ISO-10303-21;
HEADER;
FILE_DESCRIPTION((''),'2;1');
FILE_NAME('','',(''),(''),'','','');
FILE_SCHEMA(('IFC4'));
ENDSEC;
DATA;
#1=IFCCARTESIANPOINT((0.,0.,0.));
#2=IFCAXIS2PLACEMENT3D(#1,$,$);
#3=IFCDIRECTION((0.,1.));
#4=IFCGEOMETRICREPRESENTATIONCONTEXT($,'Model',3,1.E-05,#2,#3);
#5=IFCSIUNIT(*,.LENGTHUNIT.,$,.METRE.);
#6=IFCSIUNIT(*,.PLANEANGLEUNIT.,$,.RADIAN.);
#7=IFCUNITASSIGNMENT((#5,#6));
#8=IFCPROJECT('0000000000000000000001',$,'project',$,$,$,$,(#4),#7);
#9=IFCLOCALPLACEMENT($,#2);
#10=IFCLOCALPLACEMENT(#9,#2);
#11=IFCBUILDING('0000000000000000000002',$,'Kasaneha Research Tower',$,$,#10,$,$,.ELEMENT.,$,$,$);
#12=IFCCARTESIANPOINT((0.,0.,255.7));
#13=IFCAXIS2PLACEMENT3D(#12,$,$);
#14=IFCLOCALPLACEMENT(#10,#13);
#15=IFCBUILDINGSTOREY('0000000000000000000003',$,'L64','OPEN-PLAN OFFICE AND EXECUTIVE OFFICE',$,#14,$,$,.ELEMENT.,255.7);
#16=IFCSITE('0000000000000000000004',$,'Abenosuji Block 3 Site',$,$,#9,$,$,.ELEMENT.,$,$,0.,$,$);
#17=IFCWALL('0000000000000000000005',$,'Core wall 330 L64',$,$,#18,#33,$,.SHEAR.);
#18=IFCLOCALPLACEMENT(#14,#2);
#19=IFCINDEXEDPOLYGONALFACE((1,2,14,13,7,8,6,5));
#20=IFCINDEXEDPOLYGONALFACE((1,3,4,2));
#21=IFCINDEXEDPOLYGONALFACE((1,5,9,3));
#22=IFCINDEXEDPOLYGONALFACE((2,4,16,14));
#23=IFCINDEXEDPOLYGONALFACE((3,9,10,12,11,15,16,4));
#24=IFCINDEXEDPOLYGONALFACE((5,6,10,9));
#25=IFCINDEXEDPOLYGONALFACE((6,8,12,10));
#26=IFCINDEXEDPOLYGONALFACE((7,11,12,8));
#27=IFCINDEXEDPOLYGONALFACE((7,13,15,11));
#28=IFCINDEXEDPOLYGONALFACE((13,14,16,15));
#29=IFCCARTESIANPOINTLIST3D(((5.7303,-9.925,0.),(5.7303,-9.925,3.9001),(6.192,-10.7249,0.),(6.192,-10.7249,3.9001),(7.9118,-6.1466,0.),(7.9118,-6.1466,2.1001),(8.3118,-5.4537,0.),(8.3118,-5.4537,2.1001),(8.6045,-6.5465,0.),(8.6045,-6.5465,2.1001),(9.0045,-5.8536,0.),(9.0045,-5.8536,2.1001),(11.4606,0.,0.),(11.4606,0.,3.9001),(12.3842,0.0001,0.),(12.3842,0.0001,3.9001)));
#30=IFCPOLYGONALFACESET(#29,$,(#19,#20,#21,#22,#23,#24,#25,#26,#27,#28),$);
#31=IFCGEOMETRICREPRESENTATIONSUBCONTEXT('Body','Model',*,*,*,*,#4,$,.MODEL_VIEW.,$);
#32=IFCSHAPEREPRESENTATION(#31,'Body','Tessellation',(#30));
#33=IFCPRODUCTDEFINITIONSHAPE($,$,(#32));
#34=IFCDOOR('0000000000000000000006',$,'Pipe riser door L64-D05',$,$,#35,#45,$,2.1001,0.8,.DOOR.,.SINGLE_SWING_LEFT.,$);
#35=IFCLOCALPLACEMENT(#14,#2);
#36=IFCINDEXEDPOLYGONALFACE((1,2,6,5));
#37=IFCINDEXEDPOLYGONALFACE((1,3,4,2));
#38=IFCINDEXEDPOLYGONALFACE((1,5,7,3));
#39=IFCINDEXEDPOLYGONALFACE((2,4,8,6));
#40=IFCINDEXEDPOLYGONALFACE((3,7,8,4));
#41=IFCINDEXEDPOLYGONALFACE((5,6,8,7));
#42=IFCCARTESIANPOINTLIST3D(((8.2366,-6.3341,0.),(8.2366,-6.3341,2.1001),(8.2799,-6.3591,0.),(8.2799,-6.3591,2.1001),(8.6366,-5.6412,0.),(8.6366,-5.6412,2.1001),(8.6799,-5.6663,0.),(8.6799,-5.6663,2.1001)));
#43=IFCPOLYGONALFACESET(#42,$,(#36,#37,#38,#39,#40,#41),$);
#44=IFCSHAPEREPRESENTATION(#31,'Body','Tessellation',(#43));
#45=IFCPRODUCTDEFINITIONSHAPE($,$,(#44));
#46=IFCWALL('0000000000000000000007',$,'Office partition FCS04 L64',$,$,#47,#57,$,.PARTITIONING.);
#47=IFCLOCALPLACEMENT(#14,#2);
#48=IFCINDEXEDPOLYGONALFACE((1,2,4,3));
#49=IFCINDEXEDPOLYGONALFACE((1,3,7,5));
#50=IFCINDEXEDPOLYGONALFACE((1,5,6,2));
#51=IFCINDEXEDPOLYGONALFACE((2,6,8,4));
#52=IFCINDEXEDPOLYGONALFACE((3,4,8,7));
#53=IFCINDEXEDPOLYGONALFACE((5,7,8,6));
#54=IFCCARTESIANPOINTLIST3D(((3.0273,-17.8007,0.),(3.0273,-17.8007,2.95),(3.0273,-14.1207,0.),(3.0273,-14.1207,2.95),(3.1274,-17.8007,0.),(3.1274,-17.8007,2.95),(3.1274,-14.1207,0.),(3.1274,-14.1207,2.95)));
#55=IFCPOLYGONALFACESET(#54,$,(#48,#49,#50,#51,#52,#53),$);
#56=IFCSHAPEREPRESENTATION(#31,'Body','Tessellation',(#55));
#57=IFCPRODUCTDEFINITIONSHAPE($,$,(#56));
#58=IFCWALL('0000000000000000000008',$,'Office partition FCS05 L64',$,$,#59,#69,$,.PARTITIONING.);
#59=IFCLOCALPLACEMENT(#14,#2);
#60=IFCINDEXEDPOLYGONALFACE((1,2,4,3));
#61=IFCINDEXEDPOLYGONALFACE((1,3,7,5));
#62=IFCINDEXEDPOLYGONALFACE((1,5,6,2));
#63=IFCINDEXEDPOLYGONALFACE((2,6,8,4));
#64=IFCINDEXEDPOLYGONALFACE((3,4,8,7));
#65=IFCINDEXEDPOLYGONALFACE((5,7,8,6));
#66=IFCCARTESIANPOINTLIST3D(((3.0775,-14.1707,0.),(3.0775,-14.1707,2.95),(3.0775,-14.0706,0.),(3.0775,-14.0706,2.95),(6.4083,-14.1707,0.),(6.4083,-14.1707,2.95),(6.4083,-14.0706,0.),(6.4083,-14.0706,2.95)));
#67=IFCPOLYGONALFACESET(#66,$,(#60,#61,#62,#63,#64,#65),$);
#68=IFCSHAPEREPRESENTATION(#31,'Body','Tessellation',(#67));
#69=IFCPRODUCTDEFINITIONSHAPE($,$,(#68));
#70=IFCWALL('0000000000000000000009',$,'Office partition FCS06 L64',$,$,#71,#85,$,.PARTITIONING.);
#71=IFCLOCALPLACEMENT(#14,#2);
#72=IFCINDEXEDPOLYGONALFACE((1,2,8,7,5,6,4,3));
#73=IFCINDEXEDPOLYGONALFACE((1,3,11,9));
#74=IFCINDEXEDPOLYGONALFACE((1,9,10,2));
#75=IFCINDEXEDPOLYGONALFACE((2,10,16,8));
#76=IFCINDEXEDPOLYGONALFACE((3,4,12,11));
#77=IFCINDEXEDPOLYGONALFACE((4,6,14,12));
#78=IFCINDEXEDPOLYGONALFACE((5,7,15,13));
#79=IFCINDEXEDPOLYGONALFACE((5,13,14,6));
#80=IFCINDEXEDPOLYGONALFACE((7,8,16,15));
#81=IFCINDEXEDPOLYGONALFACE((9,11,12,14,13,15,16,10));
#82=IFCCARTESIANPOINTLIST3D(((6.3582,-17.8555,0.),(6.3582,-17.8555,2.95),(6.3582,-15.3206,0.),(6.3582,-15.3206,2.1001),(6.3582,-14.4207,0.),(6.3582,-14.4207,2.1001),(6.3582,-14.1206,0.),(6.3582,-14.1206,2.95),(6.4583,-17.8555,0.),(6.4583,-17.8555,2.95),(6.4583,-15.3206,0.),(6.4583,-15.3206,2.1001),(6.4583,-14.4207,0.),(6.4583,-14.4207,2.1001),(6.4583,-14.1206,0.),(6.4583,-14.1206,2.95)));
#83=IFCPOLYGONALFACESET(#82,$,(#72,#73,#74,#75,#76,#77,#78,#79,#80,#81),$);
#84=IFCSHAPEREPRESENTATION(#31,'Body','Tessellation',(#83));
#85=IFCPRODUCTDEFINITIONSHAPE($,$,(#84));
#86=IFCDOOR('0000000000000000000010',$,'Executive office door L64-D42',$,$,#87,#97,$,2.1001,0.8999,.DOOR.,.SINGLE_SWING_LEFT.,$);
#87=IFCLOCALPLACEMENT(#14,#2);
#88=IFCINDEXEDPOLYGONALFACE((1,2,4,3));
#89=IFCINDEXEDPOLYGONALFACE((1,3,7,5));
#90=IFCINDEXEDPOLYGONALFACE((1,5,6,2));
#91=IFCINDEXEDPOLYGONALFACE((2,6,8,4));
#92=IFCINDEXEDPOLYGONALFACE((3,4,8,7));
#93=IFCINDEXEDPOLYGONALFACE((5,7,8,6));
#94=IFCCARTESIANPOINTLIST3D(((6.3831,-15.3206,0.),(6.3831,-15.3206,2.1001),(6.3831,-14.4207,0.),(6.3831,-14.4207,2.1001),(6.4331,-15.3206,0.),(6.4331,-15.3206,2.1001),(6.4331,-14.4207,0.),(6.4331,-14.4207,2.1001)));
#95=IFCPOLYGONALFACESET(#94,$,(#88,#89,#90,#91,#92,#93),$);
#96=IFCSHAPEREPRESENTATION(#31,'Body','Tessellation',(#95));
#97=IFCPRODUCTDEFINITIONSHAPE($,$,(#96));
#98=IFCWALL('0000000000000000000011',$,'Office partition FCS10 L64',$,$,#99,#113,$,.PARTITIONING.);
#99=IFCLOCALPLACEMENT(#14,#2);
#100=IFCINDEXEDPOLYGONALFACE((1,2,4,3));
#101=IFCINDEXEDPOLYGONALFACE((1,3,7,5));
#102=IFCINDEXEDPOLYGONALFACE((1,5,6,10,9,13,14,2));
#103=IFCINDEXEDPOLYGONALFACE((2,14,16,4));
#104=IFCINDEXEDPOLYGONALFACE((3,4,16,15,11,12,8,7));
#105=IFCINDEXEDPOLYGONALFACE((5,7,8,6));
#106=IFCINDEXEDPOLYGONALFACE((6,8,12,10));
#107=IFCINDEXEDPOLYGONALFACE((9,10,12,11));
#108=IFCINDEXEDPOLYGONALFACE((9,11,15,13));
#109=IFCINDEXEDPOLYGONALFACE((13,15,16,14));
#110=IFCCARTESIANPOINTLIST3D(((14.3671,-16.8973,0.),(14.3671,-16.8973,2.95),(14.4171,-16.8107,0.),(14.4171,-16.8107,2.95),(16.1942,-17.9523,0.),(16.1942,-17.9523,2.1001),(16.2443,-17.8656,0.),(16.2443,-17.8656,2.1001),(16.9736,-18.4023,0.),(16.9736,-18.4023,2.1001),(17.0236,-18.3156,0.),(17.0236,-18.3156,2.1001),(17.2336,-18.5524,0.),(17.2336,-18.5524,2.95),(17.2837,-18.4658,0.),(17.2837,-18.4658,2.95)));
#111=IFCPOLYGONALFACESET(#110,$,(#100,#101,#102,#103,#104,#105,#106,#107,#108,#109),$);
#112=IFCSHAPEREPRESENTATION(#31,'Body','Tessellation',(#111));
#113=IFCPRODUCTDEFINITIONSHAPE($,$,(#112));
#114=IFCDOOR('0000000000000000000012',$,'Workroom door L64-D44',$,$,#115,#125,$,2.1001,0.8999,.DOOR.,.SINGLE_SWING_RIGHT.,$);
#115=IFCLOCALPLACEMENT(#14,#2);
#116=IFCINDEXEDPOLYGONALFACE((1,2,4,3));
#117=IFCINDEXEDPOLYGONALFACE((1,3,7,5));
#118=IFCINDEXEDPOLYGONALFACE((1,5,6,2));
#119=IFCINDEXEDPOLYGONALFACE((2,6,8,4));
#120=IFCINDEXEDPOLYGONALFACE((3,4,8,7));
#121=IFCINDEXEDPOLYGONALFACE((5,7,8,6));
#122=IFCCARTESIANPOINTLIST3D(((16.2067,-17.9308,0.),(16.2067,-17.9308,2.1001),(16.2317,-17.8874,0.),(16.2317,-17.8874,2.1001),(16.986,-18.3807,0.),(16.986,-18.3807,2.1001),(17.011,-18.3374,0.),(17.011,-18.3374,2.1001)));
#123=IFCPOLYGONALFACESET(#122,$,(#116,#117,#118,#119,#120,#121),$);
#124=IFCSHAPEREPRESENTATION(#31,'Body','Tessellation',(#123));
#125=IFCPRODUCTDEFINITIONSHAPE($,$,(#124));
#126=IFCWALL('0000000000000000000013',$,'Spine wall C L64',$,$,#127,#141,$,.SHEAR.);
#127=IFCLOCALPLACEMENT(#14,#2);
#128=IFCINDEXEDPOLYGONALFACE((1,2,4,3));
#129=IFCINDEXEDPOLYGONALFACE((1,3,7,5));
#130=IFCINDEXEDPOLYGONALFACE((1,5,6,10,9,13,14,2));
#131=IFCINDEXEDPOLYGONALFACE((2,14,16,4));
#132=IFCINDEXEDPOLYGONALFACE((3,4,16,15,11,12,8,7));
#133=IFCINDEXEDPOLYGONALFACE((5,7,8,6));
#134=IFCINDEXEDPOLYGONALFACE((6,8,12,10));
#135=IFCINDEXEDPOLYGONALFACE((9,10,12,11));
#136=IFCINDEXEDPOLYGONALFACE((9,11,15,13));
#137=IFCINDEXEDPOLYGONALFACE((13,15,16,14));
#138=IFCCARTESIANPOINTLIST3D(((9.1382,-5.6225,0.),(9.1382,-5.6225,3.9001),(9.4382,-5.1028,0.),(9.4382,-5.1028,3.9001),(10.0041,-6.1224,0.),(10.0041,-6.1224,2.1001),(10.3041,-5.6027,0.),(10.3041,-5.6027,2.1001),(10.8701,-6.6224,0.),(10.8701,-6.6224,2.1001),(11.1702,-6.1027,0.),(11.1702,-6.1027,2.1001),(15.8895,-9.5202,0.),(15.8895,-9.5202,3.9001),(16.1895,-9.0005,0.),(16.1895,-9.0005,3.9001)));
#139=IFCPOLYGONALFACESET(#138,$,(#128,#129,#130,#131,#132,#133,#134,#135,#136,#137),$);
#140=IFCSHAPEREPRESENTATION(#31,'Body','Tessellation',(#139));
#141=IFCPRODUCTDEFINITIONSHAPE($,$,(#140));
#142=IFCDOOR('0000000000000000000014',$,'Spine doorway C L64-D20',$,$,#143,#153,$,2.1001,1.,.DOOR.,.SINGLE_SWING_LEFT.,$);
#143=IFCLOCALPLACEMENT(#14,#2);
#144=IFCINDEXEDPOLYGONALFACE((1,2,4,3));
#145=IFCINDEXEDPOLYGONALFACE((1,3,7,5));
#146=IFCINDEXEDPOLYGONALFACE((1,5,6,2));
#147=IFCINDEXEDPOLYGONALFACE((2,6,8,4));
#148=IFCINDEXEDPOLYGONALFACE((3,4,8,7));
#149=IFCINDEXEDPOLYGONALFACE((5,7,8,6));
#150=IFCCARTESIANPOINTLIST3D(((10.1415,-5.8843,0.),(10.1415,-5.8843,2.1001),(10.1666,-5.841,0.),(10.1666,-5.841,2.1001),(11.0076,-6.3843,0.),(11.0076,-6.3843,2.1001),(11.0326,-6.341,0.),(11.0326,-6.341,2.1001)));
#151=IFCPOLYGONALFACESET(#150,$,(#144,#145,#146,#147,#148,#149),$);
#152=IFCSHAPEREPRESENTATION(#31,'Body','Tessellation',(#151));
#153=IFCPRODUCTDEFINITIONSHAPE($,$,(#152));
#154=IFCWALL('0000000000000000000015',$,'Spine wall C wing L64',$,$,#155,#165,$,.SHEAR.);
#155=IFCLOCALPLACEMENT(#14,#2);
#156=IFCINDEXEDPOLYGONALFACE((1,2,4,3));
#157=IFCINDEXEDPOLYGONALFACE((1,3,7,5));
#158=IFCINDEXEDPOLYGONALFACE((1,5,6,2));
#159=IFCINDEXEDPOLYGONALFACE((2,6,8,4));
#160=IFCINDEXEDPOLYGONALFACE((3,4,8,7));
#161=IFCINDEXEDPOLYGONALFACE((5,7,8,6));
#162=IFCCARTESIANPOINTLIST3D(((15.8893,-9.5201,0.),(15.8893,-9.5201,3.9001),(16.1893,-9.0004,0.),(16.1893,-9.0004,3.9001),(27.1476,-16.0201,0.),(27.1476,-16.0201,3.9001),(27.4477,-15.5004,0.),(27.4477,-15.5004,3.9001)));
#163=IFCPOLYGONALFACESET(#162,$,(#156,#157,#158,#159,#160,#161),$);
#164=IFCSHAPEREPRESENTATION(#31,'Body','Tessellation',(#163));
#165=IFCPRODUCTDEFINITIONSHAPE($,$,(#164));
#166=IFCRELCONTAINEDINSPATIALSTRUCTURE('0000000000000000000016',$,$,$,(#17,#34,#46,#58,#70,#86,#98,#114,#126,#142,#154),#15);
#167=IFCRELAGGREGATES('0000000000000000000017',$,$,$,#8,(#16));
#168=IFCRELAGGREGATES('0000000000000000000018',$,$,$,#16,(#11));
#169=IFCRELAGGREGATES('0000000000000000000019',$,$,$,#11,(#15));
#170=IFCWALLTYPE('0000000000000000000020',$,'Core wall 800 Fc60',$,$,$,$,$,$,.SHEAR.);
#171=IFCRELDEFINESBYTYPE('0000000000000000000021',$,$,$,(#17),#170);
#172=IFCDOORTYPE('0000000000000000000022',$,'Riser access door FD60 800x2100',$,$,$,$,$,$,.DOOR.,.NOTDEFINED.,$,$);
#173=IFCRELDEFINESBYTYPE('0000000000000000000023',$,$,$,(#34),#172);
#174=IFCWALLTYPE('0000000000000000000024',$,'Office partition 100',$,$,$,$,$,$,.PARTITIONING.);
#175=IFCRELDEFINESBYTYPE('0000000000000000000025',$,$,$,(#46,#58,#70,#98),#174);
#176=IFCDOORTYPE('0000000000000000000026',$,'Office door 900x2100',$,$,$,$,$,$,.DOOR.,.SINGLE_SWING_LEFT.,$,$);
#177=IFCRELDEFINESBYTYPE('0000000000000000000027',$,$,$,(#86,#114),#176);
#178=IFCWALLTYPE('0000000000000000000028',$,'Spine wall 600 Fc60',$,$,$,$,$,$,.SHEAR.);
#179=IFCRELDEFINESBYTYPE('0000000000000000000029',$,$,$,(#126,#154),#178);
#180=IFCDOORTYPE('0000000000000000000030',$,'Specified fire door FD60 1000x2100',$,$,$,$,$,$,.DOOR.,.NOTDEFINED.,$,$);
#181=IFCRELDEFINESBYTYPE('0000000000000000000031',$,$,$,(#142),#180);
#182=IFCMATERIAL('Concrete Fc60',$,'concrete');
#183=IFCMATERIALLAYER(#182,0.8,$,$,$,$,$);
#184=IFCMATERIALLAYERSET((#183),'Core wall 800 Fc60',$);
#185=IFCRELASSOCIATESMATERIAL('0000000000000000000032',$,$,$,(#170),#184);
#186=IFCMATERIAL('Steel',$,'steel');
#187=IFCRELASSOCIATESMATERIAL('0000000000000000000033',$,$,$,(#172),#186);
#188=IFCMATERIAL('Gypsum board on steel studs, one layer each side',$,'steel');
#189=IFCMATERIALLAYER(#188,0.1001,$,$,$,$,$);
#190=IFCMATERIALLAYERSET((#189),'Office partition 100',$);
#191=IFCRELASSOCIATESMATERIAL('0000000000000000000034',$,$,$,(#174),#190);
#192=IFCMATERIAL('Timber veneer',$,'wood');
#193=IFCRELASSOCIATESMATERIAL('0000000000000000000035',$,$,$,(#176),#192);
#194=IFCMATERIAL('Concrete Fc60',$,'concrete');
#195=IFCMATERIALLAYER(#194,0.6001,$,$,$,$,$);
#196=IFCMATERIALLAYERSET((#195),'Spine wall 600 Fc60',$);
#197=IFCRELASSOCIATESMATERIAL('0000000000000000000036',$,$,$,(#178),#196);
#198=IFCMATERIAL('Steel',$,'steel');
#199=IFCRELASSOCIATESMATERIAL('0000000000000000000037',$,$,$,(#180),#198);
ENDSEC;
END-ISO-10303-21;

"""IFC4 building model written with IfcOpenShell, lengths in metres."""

from ifc_helpers import new_model, si_unit, direction, frame, frame_2d, origin, place, context, subcontext, project, spatial, polyline, rectangle, outline, extrude, material, layer, layer_set, type_object, element, fill, save


model = new_model("IFC4")

# Units and contexts
model_context = context("Model", 3, precision=1e-05, world=origin(), true_north=direction((0.0, 1.0)))
body_context = subcontext(model_context, "Body", "Model", "MODEL_VIEW")
ifc_project = project(units=[si_unit("LENGTHUNIT", "METRE"), si_unit("PLANEANGLEUNIT", "RADIAN")], contexts=[model_context])

# Site, building, storey
site_placement = place(None, origin())
site = spatial("IfcSite", under=ifc_project, at=site_placement, Name="Abenosuji Block 3 Site", CompositionType="ELEMENT", RefElevation=0.0)
building_placement = place(site_placement, origin())
building = spatial("IfcBuilding", under=site, at=building_placement, Name="Kasaneha Research Tower", CompositionType="ELEMENT")
storey_placement = place(building_placement, frame((0.0, 0.0, 255.7)))
storey = spatial("IfcBuildingStorey", under=building, at=storey_placement, Name="L64", Description="OPEN-PLAN OFFICE AND EXECUTIVE OFFICE", CompositionType="ELEMENT", Elevation=255.7)

# Wall, opening, door
ifc_material_1 = material(Name="Concrete Fc60", Category="concrete")
ifc_layer_1 = layer(ifc_material_1, 0.8)
ifc_layer_set_1 = layer_set([ifc_layer_1], Name="Core wall 800 Fc60")
wall_type_1 = type_object("IfcWallType", Name="Core wall 800 Fc60", PredefinedType="SHEAR", material=ifc_layer_set_1)
wall_1_placement = place(storey_placement, frame((5.9612, -10.325, 0.0), z_axis=(0.0, 0.0, 1.0), x_axis=(0.500004, 0.866023, 0.0)))
wall_1 = element("IfcWall", 1, at=wall_1_placement, inside=storey, type_object=wall_type_1, Name="Core wall 330 L64", PredefinedType="SHEAR", context=body_context, shape_type="SweptSolid", body=[
    extrude(outline(polyline([(-0.231, -0.3999), (4.594, -0.3999), (5.394, -0.3999), (12.1533, -0.3999), (11.6914, 0.3999), (5.394, 0.3999), (4.594, 0.3999), (0.231, 0.3999), (-0.231, -0.3999)])), origin(), (0.0, 0.0, 1.0), 3.9001),
])
opening_1_placement = place(wall_1_placement, frame((4.594, 0.0, 0.0)))
opening_1 = element("IfcOpeningElement", 2, at=opening_1_placement, cuts=wall_1, PredefinedType="OPENING", context=body_context, shape_type="SweptSolid", body=[
    extrude(rectangle(XDim=0.8, YDim=2.1001, at=frame_2d((0.3999, 1.05))), frame((0.0, 0.4102, 0.0), z_axis=(0.0, -1.0, 0.0), x_axis=(1.0, 0.0, 0.0)), (0.0, 0.0, 1.0), 0.8201),
])
ifc_material_2 = material(Name="Steel", Category="steel")
door_type_1 = type_object("IfcDoorType", Name="Riser access door FD60 800x2100", OperationType="NOTDEFINED", PredefinedType="DOOR", material=ifc_material_2)
door_1_placement = place(opening_1_placement, origin())
door_1 = element("IfcDoor", 3, at=door_1_placement, inside=storey, type_object=door_type_1, Name="Pipe riser door L64-D05", OperationType="SINGLE_SWING_LEFT", OverallHeight=2.1001, OverallWidth=0.8, PredefinedType="DOOR", context=body_context, shape_type="SweptSolid", body=[
    extrude(rectangle(XDim=0.8, YDim=2.1001, at=frame_2d((0.3999, 1.05))), frame((0.0, 0.0249, 0.0), z_axis=(0.0, -1.0, 0.0), x_axis=(1.0, 0.0, 0.0)), (0.0, 0.0, 1.0), 0.05),
])
fill(opening_1, door_1)

# Walls
ifc_material_3 = material(Name="Gypsum board on steel studs, one layer each side", Category="steel")
ifc_layer_2 = layer(ifc_material_3, 0.1001)
ifc_layer_set_2 = layer_set([ifc_layer_2], Name="Office partition 100")
wall_type_2 = type_object("IfcWallType", Name="Office partition 100", PredefinedType="PARTITIONING", material=ifc_layer_set_2)
wall_2_placement = place(storey_placement, frame((3.0774, -17.8005, 0.0), z_axis=(0.0, 0.0, 1.0), x_axis=(0.0, 1.0, 0.0)))
element("IfcWall", 4, at=wall_2_placement, inside=storey, type_object=wall_type_2, Name="Office partition FCS04 L64", PredefinedType="PARTITIONING", context=body_context, shape_type="SweptSolid", body=[
    extrude(rectangle(XDim=3.6799, YDim=0.1001, at=frame_2d((1.8398, 0.0))), origin(), (0.0, 0.0, 1.0), 2.95),
])
wall_3_placement = place(storey_placement, frame((3.0774, -14.1206, 0.0), z_axis=(0.0, 0.0, 1.0), x_axis=(1.0, 0.0, 0.0)))
element("IfcWall", 5, at=wall_3_placement, inside=storey, type_object=wall_type_2, Name="Office partition FCS05 L64", PredefinedType="PARTITIONING", context=body_context, shape_type="SweptSolid", body=[
    extrude(rectangle(XDim=3.3308, YDim=0.1001, at=frame_2d((1.6655, 0.0))), origin(), (0.0, 0.0, 1.0), 2.95),
])

# Walls, openings, doors
wall_4_placement = place(storey_placement, frame((6.4082, -14.1206, 0.0), z_axis=(0.0, 0.0, 1.0), x_axis=(0.0, -1.0, 0.0)))
wall_4 = element("IfcWall", 6, at=wall_4_placement, inside=storey, type_object=wall_type_2, Name="Office partition FCS06 L64", PredefinedType="PARTITIONING", context=body_context, shape_type="SweptSolid", body=[
    extrude(rectangle(XDim=3.7349, YDim=0.1001, at=frame_2d((1.8674, 0.0))), origin(), (0.0, 0.0, 1.0), 2.95),
])
opening_2_placement = place(wall_4_placement, frame((0.3, 0.0, 0.0)))
opening_2 = element("IfcOpeningElement", 7, at=opening_2_placement, cuts=wall_4, PredefinedType="OPENING", context=body_context, shape_type="SweptSolid", body=[
    extrude(rectangle(XDim=0.8999, YDim=2.1001, at=frame_2d((0.45, 1.05))), frame((0.0, 0.0601, 0.0), z_axis=(0.0, -1.0, 0.0), x_axis=(1.0, 0.0, 0.0)), (0.0, 0.0, 1.0), 0.1201),
])
ifc_material_4 = material(Name="Timber veneer", Category="wood")
door_type_2 = type_object("IfcDoorType", Name="Office door 900x2100", OperationType="SINGLE_SWING_LEFT", PredefinedType="DOOR", material=ifc_material_4)
door_2_placement = place(opening_2_placement, origin())
door_2 = element("IfcDoor", 8, at=door_2_placement, inside=storey, type_object=door_type_2, Name="Executive office door L64-D42", OperationType="SINGLE_SWING_LEFT", OverallHeight=2.1001, OverallWidth=0.8999, PredefinedType="DOOR", context=body_context, shape_type="SweptSolid", body=[
    extrude(rectangle(XDim=0.8999, YDim=2.1001, at=frame_2d((0.45, 1.05))), frame((0.0, 0.0249, 0.0), z_axis=(0.0, -1.0, 0.0), x_axis=(1.0, 0.0, 0.0)), (0.0, 0.0, 1.0), 0.05),
])
fill(opening_2, door_2)
wall_5_placement = place(storey_placement, frame((14.3921, -16.854, 0.0), z_axis=(0.0, 0.0, 1.0), x_axis=(0.866015, -0.500018, 0.0)))
wall_5 = element("IfcWall", 9, at=wall_5_placement, inside=storey, type_object=wall_type_2, Name="Office partition FCS10 L64", PredefinedType="PARTITIONING", context=body_context, shape_type="SweptSolid", body=[
    extrude(rectangle(XDim=3.3101, YDim=0.1001, at=frame_2d((1.655, 0.0))), origin(), (0.0, 0.0, 1.0), 2.95),
])
opening_3_placement = place(wall_5_placement, frame((2.1099, 0.0, 0.0)))
opening_3 = element("IfcOpeningElement", 10, at=opening_3_placement, cuts=wall_5, PredefinedType="OPENING", context=body_context, shape_type="SweptSolid", body=[
    extrude(rectangle(XDim=0.8999, YDim=2.1001, at=frame_2d((0.45, 1.05))), frame((0.0, 0.0601, 0.0), z_axis=(0.0, -1.0, 0.0), x_axis=(1.0, 0.0, 0.0)), (0.0, 0.0, 1.0), 0.1201),
])
door_3_placement = place(opening_3_placement, origin())
door_3 = element("IfcDoor", 11, at=door_3_placement, inside=storey, type_object=door_type_2, Name="Workroom door L64-D44", OperationType="SINGLE_SWING_RIGHT", OverallHeight=2.1001, OverallWidth=0.8999, PredefinedType="DOOR", context=body_context, shape_type="SweptSolid", body=[
    extrude(rectangle(XDim=0.8999, YDim=2.1001, at=frame_2d((0.45, 1.05))), frame((0.0, 0.0249, 0.0), z_axis=(0.0, -1.0, 0.0), x_axis=(1.0, 0.0, 0.0)), (0.0, 0.0, 1.0), 0.05),
])
fill(opening_3, door_3)
ifc_material_5 = material(Name="Concrete Fc60", Category="concrete")
ifc_layer_3 = layer(ifc_material_5, 0.6001)
ifc_layer_set_3 = layer_set([ifc_layer_3], Name="Spine wall 600 Fc60")
wall_type_3 = type_object("IfcWallType", Name="Spine wall 600 Fc60", PredefinedType="SHEAR", material=ifc_layer_set_3)
wall_6_placement = place(storey_placement, frame((9.2881, -5.3625, 0.0), z_axis=(0.0, 0.0, 1.0), x_axis=(0.866032, -0.499989, 0.0)))
wall_6 = element("IfcWall", 12, at=wall_6_placement, inside=storey, type_object=wall_type_3, Name="Spine wall C L64", PredefinedType="SHEAR", context=body_context, shape_type="SweptSolid", body=[
    extrude(rectangle(XDim=7.7957, YDim=0.6001, at=frame_2d((3.8979, 0.0))), origin(), (0.0, 0.0, 1.0), 3.9001),
])
opening_4_placement = place(wall_6_placement, frame((1.0, 0.0, 0.0)))
opening_4 = element("IfcOpeningElement", 13, at=opening_4_placement, cuts=wall_6, PredefinedType="OPENING", context=body_context, shape_type="SweptSolid", body=[
    extrude(rectangle(XDim=1.0, YDim=2.1001, at=frame_2d((0.5, 1.05))), frame((0.0, 0.3101, 0.0), z_axis=(0.0, -1.0, 0.0), x_axis=(1.0, 0.0, 0.0)), (0.0, 0.0, 1.0), 0.6201),
])
ifc_material_6 = material(Name="Steel", Category="steel")
door_type_3 = type_object("IfcDoorType", Name="Specified fire door FD60 1000x2100", OperationType="NOTDEFINED", PredefinedType="DOOR", material=ifc_material_6)
door_4_placement = place(opening_4_placement, origin())
door_4 = element("IfcDoor", 14, at=door_4_placement, inside=storey, type_object=door_type_3, Name="Spine doorway C L64-D20", OperationType="SINGLE_SWING_LEFT", OverallHeight=2.1001, OverallWidth=1.0, PredefinedType="DOOR", context=body_context, shape_type="SweptSolid", body=[
    extrude(rectangle(XDim=1.0, YDim=2.1001, at=frame_2d((0.5, 1.05))), frame((0.0, 0.0249, 0.0), z_axis=(0.0, -1.0, 0.0), x_axis=(1.0, 0.0, 0.0)), (0.0, 0.0, 1.0), 0.05),
])
fill(opening_4, door_4)

# Wall
wall_7_placement = place(storey_placement, frame((16.0393, -9.2603, 0.0), z_axis=(0.0, 0.0, 1.0), x_axis=(0.866025, -0.500001, 0.0)))
element("IfcWall", 15, at=wall_7_placement, inside=storey, type_object=wall_type_3, Name="Spine wall C wing L64", PredefinedType="SHEAR", context=body_context, shape_type="SweptSolid", body=[
    extrude(rectangle(XDim=13.0, YDim=0.6001, at=frame_2d((6.5, 0.0))), origin(), (0.0, 0.0, 1.0), 3.9001),
])

save(model, "model.ifc")
